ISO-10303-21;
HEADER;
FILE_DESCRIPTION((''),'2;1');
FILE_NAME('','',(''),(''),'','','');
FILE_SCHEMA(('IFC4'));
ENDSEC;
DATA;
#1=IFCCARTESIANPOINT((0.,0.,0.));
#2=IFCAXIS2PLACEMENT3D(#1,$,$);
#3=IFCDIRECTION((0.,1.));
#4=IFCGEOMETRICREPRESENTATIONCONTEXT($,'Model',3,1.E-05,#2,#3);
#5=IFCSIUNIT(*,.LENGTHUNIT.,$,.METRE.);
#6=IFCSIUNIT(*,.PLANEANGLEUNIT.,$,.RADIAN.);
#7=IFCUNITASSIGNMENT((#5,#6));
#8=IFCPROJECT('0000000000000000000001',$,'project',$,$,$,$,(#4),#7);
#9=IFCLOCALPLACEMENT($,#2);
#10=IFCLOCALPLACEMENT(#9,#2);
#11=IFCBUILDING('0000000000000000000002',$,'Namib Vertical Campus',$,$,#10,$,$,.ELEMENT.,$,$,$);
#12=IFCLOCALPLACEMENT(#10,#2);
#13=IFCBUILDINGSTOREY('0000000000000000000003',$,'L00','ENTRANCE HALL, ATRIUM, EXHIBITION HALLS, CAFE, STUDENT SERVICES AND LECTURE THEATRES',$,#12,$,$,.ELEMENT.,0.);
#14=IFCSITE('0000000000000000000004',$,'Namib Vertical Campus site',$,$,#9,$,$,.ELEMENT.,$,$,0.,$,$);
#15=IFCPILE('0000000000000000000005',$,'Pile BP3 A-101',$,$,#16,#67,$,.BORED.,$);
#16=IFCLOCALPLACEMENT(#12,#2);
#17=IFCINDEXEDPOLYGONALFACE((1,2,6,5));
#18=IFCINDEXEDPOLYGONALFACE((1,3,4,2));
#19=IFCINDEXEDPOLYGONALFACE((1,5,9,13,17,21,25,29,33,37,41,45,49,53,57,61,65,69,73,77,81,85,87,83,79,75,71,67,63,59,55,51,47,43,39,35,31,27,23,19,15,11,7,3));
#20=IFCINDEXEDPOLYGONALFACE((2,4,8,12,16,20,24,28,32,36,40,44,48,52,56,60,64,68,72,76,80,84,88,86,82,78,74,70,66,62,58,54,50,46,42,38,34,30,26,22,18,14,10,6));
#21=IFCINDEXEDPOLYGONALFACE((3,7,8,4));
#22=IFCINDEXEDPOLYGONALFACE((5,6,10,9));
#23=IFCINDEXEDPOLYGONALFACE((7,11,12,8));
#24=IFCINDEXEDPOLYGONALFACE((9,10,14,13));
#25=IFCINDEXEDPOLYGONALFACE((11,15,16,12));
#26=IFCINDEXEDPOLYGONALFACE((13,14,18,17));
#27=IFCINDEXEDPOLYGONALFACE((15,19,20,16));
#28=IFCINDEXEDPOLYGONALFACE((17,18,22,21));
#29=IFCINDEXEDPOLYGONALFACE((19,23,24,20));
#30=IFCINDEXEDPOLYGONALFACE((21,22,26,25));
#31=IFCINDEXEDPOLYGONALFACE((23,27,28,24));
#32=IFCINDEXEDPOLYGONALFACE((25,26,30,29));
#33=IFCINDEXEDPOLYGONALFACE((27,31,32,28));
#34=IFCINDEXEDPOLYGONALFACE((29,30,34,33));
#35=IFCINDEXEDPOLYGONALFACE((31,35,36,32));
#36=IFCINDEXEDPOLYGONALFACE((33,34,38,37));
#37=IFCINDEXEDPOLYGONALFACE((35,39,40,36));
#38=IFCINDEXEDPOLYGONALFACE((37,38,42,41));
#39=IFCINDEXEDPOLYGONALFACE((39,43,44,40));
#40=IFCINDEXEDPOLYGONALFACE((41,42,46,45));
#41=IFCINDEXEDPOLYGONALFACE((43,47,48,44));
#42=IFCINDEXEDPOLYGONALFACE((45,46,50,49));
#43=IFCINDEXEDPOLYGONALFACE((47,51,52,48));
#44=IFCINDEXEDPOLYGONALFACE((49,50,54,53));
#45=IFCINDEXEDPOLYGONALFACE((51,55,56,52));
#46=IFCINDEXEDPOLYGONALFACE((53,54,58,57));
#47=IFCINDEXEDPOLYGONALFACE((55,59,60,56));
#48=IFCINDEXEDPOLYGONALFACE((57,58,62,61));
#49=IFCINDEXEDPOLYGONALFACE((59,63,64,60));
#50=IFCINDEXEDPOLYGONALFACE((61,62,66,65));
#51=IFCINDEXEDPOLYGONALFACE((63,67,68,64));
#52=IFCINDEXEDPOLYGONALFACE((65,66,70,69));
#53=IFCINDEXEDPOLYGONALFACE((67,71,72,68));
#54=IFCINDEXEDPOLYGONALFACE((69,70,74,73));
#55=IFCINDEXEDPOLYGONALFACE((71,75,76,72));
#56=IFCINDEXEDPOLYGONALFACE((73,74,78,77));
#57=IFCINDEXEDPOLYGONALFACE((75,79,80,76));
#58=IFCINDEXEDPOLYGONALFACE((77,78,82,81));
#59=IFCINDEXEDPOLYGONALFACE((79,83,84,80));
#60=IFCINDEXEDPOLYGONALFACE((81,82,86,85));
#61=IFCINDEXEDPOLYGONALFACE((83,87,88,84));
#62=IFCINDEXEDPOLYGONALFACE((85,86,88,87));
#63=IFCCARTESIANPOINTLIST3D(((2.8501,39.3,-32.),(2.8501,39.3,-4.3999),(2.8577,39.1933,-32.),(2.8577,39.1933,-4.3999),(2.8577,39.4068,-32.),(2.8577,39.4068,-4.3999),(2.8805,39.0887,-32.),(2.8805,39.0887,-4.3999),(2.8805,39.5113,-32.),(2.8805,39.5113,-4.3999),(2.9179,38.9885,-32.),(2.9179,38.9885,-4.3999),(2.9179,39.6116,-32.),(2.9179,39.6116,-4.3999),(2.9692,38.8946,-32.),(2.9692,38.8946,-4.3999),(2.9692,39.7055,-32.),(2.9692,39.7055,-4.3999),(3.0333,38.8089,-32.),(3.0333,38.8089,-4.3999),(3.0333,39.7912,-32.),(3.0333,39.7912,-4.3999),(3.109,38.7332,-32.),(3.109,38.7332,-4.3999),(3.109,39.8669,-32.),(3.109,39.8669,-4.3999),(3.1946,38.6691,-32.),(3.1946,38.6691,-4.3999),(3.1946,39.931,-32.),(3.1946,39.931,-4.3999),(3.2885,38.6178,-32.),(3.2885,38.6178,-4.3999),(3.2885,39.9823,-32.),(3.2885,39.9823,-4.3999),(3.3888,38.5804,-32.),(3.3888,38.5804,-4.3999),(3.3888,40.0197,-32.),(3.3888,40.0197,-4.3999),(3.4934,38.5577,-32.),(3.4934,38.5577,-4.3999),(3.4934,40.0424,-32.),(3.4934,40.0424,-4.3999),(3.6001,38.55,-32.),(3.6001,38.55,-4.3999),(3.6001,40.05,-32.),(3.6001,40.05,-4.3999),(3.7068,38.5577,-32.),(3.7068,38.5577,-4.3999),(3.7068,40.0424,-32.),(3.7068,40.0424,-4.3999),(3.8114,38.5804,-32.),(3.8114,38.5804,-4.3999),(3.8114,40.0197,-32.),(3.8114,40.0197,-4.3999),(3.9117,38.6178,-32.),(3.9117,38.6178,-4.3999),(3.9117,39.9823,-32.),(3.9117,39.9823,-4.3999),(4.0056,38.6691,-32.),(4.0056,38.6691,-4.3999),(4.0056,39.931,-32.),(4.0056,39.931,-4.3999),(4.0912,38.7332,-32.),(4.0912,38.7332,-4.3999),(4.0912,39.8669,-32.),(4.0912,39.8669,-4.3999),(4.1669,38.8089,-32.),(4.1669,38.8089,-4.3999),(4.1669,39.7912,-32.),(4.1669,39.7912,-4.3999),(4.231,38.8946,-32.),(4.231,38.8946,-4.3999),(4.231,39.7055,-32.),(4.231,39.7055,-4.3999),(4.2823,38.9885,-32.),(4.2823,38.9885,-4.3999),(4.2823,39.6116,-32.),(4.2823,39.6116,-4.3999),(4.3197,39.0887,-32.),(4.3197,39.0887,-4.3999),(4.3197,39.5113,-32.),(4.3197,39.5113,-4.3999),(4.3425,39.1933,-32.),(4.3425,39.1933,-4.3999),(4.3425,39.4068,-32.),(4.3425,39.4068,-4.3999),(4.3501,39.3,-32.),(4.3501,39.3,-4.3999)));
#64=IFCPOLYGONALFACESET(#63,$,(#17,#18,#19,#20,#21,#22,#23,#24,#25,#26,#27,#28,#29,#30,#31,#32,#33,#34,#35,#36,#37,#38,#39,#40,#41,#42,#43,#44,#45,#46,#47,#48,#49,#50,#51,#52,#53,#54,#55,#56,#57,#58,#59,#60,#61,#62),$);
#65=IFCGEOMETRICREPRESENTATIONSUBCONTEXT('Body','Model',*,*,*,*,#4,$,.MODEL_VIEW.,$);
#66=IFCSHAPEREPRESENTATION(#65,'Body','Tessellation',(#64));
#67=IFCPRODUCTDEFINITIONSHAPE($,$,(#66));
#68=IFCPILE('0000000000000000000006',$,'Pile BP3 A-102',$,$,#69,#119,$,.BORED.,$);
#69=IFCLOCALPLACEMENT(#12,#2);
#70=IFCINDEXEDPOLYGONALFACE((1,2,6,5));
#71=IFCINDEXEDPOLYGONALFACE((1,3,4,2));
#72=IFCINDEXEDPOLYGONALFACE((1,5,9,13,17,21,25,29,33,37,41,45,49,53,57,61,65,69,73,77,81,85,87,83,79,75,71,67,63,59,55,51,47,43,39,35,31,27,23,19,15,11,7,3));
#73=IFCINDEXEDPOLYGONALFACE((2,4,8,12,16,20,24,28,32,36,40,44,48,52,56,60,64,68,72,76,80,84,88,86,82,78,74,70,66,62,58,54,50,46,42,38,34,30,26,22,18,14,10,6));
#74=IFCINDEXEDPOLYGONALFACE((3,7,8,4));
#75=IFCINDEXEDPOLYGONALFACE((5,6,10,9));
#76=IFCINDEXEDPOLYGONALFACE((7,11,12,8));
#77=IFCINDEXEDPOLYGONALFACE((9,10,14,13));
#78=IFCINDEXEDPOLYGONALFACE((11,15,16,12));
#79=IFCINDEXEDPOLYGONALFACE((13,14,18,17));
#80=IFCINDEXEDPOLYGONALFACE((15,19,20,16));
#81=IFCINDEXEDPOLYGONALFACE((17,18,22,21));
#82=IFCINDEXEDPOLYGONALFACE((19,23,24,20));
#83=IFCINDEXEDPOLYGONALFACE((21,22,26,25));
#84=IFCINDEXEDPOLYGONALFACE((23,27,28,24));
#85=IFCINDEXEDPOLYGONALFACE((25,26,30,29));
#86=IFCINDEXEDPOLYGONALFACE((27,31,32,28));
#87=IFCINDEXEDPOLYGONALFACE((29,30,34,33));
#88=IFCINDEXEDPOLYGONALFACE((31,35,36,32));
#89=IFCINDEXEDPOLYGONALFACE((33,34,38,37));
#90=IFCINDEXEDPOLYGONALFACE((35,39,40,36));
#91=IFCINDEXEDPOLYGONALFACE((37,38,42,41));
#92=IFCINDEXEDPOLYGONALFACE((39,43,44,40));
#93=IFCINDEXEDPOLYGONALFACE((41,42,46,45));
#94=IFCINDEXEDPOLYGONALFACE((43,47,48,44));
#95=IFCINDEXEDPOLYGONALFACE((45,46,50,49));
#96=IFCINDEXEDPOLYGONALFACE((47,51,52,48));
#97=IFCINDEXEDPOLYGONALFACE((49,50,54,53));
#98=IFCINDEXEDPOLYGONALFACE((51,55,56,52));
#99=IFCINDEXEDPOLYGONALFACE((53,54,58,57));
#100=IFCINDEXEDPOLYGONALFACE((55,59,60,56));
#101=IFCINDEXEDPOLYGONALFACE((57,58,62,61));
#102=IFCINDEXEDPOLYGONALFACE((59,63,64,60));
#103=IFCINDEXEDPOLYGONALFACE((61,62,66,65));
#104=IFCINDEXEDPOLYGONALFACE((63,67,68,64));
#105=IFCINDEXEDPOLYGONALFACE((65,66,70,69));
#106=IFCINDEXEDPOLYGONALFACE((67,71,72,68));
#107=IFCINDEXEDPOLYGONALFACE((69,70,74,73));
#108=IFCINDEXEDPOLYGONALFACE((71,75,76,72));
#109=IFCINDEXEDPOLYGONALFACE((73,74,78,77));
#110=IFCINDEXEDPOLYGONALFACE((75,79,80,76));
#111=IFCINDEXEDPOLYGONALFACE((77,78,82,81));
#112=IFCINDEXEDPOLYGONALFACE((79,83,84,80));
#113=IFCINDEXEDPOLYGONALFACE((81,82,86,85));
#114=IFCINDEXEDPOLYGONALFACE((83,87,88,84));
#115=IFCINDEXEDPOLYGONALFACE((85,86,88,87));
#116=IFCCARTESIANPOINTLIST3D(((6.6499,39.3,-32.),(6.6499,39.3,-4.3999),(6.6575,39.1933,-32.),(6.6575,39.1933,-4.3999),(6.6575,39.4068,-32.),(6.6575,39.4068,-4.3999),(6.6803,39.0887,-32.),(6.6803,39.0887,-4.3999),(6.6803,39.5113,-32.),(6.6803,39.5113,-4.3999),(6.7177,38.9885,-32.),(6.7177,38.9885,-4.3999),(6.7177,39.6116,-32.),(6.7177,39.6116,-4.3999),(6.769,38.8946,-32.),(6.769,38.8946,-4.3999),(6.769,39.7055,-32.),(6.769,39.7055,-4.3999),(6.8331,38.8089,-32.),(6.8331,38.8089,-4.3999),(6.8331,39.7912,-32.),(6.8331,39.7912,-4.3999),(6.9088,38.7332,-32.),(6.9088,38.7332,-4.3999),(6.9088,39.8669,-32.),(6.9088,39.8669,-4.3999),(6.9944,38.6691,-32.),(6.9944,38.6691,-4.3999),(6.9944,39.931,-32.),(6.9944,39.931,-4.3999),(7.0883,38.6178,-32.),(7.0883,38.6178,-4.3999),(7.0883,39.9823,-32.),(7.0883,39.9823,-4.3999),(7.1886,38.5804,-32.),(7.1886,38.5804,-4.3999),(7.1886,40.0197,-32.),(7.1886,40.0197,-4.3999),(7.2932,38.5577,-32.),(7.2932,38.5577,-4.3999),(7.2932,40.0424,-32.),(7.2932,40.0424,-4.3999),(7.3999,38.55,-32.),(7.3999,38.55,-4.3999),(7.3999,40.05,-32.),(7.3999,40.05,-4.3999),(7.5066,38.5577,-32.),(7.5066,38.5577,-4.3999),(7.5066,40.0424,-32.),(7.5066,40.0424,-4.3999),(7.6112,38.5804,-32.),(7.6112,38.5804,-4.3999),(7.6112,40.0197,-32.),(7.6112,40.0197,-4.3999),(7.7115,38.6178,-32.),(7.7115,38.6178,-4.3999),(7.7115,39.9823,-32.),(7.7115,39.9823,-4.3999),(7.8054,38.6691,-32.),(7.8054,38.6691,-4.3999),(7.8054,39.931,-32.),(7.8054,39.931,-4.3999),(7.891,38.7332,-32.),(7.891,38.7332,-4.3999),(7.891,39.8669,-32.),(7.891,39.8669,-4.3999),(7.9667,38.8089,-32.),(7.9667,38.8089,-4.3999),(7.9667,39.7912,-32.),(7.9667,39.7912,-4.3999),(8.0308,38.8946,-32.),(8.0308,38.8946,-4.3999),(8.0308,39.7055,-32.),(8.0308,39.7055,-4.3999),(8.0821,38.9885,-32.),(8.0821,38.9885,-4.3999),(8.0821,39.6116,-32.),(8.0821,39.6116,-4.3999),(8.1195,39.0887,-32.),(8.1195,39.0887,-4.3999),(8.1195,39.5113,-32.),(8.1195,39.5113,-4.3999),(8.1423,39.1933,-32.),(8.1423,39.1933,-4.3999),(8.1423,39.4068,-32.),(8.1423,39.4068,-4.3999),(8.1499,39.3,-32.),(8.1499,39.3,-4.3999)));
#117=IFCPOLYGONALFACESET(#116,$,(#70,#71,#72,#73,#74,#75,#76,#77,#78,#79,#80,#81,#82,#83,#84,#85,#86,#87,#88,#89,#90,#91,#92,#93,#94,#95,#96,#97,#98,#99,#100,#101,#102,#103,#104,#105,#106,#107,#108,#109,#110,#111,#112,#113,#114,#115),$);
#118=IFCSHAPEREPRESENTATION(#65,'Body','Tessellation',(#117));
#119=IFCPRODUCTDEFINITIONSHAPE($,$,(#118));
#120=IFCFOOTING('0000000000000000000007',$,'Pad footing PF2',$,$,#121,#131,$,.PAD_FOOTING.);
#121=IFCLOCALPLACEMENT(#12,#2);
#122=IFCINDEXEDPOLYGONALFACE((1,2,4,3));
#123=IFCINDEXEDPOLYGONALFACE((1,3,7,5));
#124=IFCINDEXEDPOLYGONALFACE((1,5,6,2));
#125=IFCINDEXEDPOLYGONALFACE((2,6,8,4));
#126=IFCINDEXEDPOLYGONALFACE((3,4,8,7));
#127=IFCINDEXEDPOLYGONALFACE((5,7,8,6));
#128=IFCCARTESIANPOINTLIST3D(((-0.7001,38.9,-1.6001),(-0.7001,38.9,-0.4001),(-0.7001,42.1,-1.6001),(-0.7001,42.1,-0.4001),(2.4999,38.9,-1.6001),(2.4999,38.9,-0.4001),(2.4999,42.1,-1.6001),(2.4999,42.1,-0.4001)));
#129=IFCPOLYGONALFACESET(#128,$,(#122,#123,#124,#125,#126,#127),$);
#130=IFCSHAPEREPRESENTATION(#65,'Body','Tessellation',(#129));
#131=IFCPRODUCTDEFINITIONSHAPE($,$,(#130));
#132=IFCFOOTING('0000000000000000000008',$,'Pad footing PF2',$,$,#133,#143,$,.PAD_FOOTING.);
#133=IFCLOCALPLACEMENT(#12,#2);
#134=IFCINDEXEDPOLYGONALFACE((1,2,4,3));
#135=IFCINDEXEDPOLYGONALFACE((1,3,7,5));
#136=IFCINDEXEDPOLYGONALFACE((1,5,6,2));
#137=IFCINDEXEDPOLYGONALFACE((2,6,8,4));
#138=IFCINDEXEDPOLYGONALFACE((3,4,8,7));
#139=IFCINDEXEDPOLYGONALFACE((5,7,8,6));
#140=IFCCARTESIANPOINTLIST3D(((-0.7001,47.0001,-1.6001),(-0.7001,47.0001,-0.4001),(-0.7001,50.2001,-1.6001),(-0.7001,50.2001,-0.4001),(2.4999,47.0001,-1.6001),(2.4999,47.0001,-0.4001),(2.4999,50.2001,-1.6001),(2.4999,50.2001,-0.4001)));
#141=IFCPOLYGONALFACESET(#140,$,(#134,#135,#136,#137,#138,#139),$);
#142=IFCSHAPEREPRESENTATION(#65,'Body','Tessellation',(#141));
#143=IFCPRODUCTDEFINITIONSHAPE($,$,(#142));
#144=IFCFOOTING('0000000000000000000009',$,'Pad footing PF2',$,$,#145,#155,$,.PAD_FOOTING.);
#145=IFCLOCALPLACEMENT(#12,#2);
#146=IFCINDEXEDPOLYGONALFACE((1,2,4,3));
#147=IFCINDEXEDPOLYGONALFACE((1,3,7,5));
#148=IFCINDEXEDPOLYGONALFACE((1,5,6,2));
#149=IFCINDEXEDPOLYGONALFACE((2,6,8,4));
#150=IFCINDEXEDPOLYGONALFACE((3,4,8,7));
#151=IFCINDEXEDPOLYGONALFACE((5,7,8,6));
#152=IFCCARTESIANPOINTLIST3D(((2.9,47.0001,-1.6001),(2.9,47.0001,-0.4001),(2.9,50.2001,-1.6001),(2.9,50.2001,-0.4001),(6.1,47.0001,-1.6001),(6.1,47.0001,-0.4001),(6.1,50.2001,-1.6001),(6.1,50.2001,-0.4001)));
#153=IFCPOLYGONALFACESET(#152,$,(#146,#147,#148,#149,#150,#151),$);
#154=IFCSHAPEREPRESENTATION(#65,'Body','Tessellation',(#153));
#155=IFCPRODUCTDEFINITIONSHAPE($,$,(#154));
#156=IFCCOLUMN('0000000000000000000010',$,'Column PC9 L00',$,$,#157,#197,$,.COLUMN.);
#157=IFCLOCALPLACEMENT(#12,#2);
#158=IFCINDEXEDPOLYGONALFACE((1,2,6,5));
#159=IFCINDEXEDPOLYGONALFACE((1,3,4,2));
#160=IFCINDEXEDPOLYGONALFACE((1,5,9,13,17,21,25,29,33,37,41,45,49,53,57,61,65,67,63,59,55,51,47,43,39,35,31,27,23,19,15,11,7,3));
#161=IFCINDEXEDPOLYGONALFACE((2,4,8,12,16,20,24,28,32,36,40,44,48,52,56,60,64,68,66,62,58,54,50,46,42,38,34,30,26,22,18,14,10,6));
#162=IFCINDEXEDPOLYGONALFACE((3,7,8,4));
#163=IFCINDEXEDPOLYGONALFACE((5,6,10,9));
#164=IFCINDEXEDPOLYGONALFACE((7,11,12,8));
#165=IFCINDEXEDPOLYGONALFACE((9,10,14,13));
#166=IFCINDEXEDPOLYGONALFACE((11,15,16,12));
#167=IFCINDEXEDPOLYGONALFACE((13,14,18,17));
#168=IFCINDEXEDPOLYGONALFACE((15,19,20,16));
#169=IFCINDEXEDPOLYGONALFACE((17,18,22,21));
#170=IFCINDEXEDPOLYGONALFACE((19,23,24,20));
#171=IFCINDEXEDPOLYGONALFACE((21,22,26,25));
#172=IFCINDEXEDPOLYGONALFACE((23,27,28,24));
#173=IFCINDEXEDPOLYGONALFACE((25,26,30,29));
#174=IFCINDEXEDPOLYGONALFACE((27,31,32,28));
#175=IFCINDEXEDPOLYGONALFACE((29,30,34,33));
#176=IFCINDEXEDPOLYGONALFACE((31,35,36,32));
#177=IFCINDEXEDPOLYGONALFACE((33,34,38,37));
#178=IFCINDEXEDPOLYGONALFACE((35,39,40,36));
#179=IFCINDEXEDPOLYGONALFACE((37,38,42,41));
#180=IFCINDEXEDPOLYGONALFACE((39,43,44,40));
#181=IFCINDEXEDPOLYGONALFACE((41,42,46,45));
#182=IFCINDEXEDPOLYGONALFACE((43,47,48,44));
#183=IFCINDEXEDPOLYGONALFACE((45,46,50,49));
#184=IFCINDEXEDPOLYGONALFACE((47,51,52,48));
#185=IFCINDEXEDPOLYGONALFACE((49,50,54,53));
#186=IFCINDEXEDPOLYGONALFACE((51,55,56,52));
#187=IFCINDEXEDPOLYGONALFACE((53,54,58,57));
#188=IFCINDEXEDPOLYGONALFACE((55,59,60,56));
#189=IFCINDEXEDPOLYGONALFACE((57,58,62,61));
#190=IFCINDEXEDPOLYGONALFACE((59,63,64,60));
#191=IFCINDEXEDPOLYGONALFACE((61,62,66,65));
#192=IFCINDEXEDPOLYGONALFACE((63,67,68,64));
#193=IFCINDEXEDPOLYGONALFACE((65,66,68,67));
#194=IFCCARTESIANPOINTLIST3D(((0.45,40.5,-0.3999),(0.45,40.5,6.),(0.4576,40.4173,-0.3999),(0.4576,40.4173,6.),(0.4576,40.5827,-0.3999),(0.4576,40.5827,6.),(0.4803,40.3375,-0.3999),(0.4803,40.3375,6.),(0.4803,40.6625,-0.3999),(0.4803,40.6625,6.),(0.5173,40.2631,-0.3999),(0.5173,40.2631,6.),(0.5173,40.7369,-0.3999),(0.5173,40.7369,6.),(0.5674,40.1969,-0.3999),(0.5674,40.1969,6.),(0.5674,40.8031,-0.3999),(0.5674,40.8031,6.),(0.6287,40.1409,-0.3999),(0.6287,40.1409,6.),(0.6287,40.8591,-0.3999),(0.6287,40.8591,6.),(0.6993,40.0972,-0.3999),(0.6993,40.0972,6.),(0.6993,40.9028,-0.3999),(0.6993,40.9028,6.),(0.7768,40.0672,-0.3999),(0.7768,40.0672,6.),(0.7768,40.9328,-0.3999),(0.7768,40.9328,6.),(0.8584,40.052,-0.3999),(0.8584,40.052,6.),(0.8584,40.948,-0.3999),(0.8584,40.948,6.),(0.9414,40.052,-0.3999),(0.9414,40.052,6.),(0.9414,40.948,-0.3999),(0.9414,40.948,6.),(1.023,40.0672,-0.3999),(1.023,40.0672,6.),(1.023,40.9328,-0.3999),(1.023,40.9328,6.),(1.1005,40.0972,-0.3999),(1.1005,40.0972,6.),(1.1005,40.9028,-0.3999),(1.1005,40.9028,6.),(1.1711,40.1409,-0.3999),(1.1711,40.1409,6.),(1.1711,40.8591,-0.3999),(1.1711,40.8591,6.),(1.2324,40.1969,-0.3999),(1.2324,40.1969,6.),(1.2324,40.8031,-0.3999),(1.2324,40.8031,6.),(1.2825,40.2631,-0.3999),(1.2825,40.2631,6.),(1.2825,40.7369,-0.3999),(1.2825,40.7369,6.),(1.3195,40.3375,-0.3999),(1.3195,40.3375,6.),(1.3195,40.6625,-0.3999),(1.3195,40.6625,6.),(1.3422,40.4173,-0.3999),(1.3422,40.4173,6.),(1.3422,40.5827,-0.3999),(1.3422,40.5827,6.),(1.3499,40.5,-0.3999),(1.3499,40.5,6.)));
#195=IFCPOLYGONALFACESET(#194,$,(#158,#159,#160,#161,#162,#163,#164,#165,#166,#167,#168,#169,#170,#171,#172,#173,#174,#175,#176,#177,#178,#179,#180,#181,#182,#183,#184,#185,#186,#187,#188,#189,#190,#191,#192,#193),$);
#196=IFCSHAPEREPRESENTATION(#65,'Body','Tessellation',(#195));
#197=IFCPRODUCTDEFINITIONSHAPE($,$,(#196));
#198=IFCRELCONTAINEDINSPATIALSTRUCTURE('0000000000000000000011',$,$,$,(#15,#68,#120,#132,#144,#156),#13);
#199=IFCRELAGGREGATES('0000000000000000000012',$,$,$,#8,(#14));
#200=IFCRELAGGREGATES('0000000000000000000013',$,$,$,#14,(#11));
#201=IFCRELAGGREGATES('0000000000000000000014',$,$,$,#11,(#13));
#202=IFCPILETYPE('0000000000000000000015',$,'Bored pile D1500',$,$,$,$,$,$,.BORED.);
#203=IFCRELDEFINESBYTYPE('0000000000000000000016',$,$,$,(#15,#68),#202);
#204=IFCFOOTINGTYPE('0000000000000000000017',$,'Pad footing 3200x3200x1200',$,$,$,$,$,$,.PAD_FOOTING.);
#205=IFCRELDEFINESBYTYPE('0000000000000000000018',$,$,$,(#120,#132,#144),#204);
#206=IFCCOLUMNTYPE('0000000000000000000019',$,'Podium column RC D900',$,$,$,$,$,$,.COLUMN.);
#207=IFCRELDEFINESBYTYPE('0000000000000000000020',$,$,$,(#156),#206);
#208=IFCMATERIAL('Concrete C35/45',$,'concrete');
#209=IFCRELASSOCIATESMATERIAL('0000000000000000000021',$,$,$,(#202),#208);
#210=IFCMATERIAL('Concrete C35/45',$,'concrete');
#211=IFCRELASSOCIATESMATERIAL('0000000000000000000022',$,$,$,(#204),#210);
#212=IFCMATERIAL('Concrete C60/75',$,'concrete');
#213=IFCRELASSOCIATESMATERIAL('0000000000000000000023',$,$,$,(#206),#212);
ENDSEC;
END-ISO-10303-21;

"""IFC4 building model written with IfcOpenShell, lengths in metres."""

from ifc_helpers import new_model, si_unit, direction, frame, origin, origin_2d, place, context, subcontext, project, spatial, rectangle, circle, extrude, material, material_profile, profile_set, type_object, element, save


model = new_model("IFC4")

# Units and contexts
model_context = context("Model", 3, precision=1e-05, world=origin(), true_north=direction((0.0, 1.0)))
body_context = subcontext(model_context, "Body", "Model", "MODEL_VIEW")
ifc_project = project(units=[si_unit("LENGTHUNIT", "METRE"), si_unit("PLANEANGLEUNIT", "RADIAN")], contexts=[model_context])

# Site, building, storey
site_placement = place(None, origin())
site = spatial("IfcSite", under=ifc_project, at=site_placement, Name="Namib Vertical Campus site", CompositionType="ELEMENT", RefElevation=0.0)
building_placement = place(site_placement, origin())
building = spatial("IfcBuilding", under=site, at=building_placement, Name="Namib Vertical Campus", CompositionType="ELEMENT")
storey_placement = place(building_placement, origin())
storey = spatial("IfcBuildingStorey", under=building, at=storey_placement, Name="L00", Description="ENTRANCE HALL, ATRIUM, EXHIBITION HALLS, CAFE, STUDENT SERVICES AND LECTURE THEATRES", CompositionType="ELEMENT", Elevation=0.0)

# Piles
ifc_material_1 = material(Name="Concrete C35/45", Category="concrete")
ifc_material_profile_1 = material_profile(ifc_material_1, circle(Radius=0.75, at=origin_2d()))
ifc_profile_set_1 = profile_set([ifc_material_profile_1], Name="Concrete C35/45")
pile_type = type_object("IfcPileType", Name="Bored pile D1500", PredefinedType="BORED", material=ifc_profile_set_1)
for number, where, z_axis, x_axis, name in (
    (1, (3.6001, 39.3, -4.3999), (0.0, 0.0, -1.0), (1.0, 0.0, 0.0), "Pile BP3 A-101"),
    (2, (7.3999, 39.3, -4.3999), (0.0, 0.0, -1.0), (1.0, 0.0, 0.0), "Pile BP3 A-102"),
):
    element("IfcPile", number, at=place(storey_placement, frame(where, z_axis=z_axis, x_axis=x_axis)), inside=storey, type_object=pile_type, Name=name, PredefinedType="BORED", context=body_context, shape_type="SweptSolid", body=[
        extrude(circle(Radius=0.75, at=origin_2d()), origin(), (0.0, 0.0, 1.0), 27.6001),
    ])

# Footings
ifc_material_2 = material(Name="Concrete C35/45", Category="concrete")
footing_type = type_object("IfcFootingType", Name="Pad footing 3200x3200x1200", PredefinedType="PAD_FOOTING", material=ifc_material_2)
for number, where, z_axis, x_axis, name in (
    (3, (0.8999, 40.5, -1.6001), (0.0, 0.0, 1.0), (1.0, 0.0, 0.0), "Pad footing PF2"),
    (4, (0.8999, 48.6001, -1.6001), (0.0, 0.0, 1.0), (1.0, 0.0, 0.0), "Pad footing PF2"),
    (5, (4.5, 48.6001, -1.6001), (0.0, 0.0, 1.0), (1.0, 0.0, 0.0), "Pad footing PF2"),
):
    element("IfcFooting", number, at=place(storey_placement, frame(where, z_axis=z_axis, x_axis=x_axis)), inside=storey, type_object=footing_type, Name=name, PredefinedType="PAD_FOOTING", context=body_context, shape_type="SweptSolid", body=[
        extrude(rectangle(XDim=3.2, YDim=3.2, at=origin_2d()), origin(), (0.0, 0.0, 1.0), 1.2),
    ])

# Column
ifc_material_3 = material(Name="Concrete C60/75", Category="concrete")
ifc_material_profile_2 = material_profile(ifc_material_3, circle(Radius=0.45, at=origin_2d()))
ifc_profile_set_2 = profile_set([ifc_material_profile_2], Name="Concrete C60/75")
column_type = type_object("IfcColumnType", Name="Podium column RC D900", PredefinedType="COLUMN", material=ifc_profile_set_2)
for number, where, z_axis, x_axis, name in (
    (6, (0.8999, 40.5, -0.3999), (0.0, 0.0, 1.0), (1.0, 0.0, 0.0), "Column PC9 L00"),
):
    element("IfcColumn", number, at=place(storey_placement, frame(where, z_axis=z_axis, x_axis=x_axis)), inside=storey, type_object=column_type, Name=name, PredefinedType="COLUMN", context=body_context, shape_type="SweptSolid", body=[
        extrude(circle(Radius=0.45, at=origin_2d()), origin(), (0.0, 0.0, 1.0), 6.3999),
    ])

save(model, "model.ifc")
